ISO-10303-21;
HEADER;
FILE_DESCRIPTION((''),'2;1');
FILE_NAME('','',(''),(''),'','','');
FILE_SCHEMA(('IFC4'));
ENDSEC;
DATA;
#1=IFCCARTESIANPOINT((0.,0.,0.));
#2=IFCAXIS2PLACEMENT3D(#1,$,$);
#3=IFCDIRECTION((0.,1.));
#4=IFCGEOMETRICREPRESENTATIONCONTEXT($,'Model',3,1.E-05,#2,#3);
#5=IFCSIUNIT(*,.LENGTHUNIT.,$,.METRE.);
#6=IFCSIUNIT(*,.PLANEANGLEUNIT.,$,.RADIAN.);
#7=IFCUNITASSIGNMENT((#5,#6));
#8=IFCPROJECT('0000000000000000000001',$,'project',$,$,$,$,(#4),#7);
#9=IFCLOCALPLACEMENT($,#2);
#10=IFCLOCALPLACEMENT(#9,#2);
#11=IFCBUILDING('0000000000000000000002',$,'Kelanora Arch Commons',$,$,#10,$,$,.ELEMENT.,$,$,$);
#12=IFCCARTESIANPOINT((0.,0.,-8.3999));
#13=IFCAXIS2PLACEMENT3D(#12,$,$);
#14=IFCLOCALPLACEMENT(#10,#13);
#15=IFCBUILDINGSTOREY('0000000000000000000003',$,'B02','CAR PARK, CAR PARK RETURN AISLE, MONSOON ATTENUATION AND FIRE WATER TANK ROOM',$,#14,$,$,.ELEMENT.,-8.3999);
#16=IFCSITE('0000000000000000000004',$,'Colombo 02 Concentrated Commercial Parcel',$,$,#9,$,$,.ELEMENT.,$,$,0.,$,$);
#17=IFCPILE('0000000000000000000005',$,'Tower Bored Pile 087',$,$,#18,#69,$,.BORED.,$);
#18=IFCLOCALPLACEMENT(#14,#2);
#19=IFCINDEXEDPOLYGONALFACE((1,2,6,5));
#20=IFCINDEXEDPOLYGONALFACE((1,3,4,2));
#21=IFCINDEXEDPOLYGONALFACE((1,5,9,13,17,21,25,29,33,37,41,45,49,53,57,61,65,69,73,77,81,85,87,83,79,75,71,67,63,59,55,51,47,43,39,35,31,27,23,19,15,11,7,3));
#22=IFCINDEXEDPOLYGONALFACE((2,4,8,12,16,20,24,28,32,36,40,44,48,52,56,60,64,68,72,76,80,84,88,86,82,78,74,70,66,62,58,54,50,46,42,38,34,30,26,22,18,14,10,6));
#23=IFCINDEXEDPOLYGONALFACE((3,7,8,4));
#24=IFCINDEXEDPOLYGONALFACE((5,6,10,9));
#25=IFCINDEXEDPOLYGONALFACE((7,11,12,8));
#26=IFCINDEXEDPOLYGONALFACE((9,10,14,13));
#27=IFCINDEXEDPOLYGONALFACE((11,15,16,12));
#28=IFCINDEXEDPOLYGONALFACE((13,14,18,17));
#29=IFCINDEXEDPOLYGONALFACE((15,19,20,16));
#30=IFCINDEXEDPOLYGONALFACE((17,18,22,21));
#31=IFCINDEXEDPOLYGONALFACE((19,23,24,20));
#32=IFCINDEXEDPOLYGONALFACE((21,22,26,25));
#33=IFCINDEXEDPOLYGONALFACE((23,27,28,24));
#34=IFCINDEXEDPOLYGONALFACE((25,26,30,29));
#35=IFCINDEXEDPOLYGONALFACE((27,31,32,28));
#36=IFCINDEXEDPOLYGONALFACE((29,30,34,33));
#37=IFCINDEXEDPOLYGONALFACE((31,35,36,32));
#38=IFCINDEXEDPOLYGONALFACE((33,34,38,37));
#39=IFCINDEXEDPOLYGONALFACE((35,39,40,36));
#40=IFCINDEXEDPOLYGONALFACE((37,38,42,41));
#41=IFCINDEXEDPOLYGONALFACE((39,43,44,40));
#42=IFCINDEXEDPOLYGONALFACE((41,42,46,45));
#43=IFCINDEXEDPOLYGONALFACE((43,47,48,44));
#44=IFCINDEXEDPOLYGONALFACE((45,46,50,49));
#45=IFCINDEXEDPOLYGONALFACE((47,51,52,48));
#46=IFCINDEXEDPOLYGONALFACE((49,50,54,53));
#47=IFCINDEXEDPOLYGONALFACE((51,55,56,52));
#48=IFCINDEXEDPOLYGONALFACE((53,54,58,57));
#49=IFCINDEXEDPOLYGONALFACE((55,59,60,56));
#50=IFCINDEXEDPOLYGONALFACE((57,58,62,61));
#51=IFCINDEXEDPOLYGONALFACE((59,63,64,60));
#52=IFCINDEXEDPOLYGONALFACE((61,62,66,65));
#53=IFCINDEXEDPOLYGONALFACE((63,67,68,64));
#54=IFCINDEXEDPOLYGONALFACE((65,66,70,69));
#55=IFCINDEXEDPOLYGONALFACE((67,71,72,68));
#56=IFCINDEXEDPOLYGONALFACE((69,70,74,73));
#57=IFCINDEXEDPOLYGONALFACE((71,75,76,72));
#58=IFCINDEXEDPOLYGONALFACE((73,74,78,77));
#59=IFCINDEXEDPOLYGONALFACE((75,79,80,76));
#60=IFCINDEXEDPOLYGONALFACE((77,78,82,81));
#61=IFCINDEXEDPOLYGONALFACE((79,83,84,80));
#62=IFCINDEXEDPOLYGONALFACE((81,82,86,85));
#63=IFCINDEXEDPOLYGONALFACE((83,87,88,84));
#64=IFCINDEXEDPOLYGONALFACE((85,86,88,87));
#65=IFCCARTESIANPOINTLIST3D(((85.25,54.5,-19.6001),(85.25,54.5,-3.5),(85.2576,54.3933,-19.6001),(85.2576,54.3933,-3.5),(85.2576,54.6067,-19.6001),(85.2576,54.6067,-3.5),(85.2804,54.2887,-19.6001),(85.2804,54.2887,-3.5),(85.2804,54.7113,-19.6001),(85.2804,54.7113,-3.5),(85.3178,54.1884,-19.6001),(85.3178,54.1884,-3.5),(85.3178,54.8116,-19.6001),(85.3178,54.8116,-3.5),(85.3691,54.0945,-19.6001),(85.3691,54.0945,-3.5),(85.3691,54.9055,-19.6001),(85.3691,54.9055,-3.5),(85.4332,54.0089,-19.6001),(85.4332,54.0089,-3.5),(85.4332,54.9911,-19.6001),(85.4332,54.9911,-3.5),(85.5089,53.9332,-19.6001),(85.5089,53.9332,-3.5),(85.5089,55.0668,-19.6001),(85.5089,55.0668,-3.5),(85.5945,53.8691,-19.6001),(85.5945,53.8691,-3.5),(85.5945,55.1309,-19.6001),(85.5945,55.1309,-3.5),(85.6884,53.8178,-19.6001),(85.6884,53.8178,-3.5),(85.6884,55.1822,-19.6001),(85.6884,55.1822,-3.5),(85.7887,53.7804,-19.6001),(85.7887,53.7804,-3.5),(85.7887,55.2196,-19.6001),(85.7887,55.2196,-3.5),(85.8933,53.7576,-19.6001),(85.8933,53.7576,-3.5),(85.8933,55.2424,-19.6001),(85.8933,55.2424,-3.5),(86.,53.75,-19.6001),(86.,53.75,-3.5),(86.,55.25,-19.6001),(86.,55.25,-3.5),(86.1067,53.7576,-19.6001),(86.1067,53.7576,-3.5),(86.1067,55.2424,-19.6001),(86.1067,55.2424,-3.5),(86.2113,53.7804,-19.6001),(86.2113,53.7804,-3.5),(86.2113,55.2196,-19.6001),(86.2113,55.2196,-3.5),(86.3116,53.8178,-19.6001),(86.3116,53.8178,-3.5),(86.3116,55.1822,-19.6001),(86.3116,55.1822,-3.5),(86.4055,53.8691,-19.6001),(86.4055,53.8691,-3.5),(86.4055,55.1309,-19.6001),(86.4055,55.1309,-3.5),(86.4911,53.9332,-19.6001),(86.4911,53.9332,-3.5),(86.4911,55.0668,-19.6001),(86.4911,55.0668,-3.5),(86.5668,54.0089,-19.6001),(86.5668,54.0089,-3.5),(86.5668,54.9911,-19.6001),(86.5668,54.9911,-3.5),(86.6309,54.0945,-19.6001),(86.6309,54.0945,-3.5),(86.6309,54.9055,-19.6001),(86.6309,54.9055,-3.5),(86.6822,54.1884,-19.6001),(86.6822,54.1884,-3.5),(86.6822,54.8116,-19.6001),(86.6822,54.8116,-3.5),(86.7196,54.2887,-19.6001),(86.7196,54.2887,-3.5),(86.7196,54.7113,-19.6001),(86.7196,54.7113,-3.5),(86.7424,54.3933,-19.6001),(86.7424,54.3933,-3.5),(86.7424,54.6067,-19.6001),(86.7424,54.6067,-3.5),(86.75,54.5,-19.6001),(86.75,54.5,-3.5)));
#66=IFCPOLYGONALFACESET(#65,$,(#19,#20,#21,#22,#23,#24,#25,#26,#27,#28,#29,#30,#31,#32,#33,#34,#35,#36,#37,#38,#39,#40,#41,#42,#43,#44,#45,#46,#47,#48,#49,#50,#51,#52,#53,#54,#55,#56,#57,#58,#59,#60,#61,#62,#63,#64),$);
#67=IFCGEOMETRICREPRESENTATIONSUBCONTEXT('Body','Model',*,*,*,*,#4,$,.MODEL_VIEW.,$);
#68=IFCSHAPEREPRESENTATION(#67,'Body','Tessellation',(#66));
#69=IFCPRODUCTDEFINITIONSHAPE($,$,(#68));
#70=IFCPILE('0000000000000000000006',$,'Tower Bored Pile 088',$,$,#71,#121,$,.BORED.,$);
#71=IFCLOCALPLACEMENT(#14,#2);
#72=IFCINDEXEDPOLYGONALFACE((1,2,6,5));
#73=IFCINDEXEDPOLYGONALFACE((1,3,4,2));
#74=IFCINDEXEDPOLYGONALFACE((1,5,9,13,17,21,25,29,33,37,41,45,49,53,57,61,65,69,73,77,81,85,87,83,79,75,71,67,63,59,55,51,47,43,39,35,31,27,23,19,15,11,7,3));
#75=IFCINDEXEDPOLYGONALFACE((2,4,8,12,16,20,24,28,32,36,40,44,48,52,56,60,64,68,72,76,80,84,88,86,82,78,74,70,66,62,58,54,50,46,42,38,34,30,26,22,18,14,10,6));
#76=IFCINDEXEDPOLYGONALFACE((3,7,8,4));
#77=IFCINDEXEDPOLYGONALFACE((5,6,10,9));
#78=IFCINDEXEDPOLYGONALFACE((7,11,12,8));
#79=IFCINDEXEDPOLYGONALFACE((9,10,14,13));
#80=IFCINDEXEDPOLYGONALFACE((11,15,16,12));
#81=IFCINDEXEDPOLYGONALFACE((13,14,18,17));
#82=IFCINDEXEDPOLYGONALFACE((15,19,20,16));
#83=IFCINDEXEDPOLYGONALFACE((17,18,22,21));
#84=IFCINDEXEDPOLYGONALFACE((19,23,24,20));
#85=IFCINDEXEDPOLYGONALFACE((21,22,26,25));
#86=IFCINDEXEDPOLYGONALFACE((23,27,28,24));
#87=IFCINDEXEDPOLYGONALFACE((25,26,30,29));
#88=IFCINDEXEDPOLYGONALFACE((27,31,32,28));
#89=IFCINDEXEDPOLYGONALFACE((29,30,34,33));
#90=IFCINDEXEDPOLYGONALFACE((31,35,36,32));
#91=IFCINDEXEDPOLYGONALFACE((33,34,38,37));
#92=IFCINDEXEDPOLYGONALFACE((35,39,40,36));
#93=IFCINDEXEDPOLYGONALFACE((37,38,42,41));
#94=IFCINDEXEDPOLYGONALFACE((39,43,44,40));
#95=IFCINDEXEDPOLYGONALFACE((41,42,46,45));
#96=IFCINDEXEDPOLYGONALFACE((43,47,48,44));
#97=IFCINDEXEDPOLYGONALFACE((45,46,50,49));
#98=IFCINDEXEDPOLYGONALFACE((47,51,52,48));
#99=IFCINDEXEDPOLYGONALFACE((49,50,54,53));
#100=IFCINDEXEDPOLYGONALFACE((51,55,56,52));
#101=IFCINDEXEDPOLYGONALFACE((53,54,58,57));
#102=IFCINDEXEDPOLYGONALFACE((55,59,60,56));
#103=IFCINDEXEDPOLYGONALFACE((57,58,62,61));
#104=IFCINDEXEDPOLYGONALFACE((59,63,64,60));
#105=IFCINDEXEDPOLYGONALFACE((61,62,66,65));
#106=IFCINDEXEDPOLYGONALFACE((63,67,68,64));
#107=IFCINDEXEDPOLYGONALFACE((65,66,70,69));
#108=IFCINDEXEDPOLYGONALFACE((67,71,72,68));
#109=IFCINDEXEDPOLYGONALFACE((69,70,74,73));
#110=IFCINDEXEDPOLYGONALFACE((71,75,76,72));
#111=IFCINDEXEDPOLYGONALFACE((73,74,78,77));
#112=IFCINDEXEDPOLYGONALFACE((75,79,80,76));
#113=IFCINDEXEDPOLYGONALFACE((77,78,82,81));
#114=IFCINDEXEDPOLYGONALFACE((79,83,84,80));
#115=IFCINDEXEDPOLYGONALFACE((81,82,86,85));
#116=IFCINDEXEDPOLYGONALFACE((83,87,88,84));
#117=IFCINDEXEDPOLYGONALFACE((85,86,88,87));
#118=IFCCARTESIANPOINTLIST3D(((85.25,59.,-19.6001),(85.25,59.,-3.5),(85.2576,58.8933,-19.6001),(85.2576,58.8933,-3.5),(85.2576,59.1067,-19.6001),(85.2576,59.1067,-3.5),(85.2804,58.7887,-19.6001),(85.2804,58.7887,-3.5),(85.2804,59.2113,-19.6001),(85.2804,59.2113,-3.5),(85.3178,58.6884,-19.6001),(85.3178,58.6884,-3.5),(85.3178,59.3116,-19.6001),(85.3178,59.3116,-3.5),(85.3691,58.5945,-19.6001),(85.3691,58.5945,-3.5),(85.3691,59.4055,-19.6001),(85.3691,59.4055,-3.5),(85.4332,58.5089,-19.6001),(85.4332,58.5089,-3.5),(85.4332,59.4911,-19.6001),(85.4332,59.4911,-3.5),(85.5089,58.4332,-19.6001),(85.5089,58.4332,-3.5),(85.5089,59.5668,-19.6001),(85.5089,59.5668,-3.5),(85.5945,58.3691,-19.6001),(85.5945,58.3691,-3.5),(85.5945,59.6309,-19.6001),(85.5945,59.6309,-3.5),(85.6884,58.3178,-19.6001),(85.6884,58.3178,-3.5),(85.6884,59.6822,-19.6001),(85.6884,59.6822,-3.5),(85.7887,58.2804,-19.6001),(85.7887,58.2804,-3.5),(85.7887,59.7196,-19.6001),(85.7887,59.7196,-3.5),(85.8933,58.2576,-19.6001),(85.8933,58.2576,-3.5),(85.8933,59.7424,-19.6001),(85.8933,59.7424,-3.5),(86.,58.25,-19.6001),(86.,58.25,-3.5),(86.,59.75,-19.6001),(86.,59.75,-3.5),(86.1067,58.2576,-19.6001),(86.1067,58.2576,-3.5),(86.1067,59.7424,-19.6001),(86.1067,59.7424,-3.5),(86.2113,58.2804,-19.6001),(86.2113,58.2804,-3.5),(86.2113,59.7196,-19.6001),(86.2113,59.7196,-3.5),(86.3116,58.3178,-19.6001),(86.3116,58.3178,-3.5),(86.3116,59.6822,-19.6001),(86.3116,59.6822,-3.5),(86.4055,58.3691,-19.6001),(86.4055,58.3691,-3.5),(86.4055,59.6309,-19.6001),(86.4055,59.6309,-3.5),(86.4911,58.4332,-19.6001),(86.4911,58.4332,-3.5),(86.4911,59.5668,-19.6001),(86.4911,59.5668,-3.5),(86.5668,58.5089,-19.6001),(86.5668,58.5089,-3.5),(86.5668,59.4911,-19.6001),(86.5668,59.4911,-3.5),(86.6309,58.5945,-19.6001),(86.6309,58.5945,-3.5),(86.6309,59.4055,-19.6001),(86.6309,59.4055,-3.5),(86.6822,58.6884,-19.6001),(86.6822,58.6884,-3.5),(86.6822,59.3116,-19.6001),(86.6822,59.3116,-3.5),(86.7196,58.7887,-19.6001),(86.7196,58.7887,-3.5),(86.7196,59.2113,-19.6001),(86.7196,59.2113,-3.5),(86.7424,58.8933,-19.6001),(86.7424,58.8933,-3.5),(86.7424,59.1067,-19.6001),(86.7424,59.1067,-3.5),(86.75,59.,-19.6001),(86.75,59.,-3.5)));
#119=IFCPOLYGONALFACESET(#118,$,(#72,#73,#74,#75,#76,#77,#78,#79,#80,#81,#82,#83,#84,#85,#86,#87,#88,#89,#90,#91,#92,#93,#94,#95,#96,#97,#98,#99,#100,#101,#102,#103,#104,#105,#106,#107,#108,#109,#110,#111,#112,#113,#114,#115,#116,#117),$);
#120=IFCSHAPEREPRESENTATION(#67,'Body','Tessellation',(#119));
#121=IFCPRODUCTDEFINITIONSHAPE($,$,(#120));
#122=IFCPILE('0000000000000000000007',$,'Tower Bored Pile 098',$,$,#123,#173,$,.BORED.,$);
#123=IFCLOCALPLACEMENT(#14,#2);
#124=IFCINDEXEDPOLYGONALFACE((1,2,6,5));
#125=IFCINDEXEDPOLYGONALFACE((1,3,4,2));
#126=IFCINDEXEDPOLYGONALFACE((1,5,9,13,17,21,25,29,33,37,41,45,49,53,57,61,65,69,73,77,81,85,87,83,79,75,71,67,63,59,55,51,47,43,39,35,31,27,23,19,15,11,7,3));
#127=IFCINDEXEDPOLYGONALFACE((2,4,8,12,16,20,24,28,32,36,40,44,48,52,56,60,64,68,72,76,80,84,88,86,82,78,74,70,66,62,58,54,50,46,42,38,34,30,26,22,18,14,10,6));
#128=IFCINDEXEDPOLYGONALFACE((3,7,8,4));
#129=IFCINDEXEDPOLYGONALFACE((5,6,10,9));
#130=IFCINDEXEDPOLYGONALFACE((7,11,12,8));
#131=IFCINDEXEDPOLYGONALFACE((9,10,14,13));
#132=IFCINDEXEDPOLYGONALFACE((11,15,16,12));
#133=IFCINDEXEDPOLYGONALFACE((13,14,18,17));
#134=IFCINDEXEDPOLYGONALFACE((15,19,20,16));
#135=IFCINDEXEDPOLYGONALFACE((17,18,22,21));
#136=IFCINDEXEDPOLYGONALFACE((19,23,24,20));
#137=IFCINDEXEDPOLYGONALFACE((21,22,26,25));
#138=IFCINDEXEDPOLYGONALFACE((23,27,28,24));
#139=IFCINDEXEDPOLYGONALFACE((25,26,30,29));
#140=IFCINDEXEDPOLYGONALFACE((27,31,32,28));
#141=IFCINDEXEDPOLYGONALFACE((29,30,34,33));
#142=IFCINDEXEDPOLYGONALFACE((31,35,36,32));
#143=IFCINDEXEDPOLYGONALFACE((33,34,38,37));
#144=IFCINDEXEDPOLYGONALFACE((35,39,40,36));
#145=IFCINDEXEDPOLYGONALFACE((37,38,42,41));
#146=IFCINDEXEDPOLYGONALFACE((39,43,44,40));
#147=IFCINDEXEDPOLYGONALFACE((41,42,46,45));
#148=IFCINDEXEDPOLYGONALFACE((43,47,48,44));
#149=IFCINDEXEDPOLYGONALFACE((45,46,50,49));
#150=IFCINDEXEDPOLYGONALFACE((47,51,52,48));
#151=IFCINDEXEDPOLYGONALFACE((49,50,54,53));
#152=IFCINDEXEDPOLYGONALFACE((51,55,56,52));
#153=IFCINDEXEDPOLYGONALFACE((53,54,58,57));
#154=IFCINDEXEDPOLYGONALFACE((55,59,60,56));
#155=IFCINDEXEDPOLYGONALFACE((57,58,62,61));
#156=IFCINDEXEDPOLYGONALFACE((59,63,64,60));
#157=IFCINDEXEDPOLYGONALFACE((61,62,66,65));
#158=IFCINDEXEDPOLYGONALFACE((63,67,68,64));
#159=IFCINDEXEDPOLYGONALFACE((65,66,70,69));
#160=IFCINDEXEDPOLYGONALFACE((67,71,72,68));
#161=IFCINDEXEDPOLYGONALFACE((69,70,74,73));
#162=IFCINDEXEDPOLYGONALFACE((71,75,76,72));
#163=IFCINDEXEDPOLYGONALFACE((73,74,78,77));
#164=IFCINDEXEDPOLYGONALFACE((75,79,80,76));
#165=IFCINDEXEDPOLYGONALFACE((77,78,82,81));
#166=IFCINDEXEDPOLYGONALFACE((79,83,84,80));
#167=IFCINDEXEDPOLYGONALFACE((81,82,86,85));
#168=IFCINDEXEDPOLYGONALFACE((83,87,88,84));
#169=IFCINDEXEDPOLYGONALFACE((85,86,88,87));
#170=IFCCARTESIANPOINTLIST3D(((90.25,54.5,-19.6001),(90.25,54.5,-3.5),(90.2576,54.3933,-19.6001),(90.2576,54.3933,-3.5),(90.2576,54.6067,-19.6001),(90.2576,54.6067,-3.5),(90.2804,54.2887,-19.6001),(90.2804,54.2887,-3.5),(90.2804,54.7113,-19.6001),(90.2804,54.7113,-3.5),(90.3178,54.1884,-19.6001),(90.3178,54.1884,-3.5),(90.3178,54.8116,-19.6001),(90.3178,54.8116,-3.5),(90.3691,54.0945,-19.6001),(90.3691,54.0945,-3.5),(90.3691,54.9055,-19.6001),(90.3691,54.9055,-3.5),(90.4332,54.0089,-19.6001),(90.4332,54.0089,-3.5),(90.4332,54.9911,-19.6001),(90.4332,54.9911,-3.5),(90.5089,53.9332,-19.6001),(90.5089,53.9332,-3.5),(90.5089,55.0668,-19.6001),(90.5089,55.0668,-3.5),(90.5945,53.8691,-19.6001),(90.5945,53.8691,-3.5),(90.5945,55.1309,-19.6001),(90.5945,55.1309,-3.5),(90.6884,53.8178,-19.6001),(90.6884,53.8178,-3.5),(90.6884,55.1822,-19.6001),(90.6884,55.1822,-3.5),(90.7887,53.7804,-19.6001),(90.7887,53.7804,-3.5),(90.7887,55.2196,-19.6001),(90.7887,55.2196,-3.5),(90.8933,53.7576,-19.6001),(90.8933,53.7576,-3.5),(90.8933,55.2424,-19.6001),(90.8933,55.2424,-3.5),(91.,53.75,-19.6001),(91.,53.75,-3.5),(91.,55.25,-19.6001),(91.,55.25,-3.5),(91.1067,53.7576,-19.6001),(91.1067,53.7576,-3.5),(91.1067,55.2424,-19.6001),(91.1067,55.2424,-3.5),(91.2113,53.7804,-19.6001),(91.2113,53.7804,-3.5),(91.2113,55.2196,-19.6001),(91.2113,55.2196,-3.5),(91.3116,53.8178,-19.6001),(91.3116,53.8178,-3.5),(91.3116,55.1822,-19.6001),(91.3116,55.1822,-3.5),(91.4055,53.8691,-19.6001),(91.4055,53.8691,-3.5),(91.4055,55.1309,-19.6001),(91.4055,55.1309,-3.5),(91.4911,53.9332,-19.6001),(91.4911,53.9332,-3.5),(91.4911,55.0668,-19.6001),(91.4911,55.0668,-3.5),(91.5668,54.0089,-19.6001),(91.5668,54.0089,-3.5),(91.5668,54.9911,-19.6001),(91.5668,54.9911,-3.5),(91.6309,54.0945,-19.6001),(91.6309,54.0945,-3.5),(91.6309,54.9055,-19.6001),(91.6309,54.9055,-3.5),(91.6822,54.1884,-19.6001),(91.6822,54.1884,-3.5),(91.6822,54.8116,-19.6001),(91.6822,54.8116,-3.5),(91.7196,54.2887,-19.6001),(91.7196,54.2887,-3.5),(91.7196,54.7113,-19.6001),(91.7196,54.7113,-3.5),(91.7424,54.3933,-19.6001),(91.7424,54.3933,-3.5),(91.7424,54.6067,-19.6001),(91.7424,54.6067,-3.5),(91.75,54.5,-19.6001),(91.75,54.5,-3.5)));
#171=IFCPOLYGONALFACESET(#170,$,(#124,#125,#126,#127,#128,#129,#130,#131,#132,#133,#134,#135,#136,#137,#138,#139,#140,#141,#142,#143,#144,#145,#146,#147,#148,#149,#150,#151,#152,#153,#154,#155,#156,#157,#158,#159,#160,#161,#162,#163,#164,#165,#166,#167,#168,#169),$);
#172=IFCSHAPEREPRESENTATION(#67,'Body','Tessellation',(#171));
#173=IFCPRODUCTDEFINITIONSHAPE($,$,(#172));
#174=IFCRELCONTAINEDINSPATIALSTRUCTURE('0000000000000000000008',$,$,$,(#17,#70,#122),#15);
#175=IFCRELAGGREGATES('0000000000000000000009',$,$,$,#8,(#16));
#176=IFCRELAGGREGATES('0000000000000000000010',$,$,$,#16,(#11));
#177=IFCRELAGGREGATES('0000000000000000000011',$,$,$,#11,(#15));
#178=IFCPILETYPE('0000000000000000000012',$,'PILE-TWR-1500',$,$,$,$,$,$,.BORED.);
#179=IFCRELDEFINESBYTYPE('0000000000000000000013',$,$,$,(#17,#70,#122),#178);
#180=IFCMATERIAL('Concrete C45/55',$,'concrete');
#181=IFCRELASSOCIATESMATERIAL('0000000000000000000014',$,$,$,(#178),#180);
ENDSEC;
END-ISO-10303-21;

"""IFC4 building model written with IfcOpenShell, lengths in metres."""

from ifc_helpers import new_model, si_unit, direction, frame, origin, origin_2d, place, context, subcontext, project, spatial, circle, extrude, source, transform, mapped, material, material_profile, profile_set, type_object, element, save


model = new_model("IFC4")

# Units and contexts
model_context = context("Model", 3, precision=1e-05, world=origin(), true_north=direction((0.0, 1.0)))
body_context = subcontext(model_context, "Body", "Model", "MODEL_VIEW")
ifc_project = project(units=[si_unit("LENGTHUNIT", "METRE"), si_unit("PLANEANGLEUNIT", "RADIAN")], contexts=[model_context])

# Site, building, storey
site_placement = place(None, origin())
site = spatial("IfcSite", under=ifc_project, at=site_placement, Name="Colombo 02 Concentrated Commercial Parcel", CompositionType="ELEMENT", RefElevation=0.0)
building_placement = place(site_placement, origin())
building = spatial("IfcBuilding", under=site, at=building_placement, Name="Kelanora Arch Commons", CompositionType="ELEMENT")
storey_placement = place(building_placement, frame((0.0, 0.0, -8.3999)))
storey = spatial("IfcBuildingStorey", under=building, at=storey_placement, Name="B02", Description="CAR PARK, CAR PARK RETURN AISLE, MONSOON ATTENUATION AND FIRE WATER TANK ROOM", CompositionType="ELEMENT", Elevation=-8.3999)

# Piles
ifc_material_1 = material(Name="Concrete C45/55", Category="concrete")
ifc_material_profile_1 = material_profile(ifc_material_1, circle(Radius=0.75, at=origin_2d()), Name="PILE1500")
ifc_profile_set_1 = profile_set([ifc_material_profile_1], Name="Concrete C45/55")
pile_type_1 = type_object("IfcPileType", Name="PILE-TWR-1500", PredefinedType="BORED", material=ifc_profile_set_1)
shared_shape_1 = source(origin(), body_context, "Body", "SweptSolid", [
    extrude(circle(Radius=0.75, at=origin_2d()), origin(), (0.0, 0.0, 1.0), 16.1001),
])
for number, where, z_axis, x_axis, name in (
    (1, (86.0, 54.5, -3.5), (0.0, 0.0, -1.0), (1.0, 0.0, 0.0), "Tower Bored Pile 087"),
    (2, (86.0, 59.0, -3.5), (0.0, 0.0, -1.0), (1.0, 0.0, 0.0), "Tower Bored Pile 088"),
    (3, (91.0, 54.5, -3.5), (0.0, 0.0, -1.0), (1.0, 0.0, 0.0), "Tower Bored Pile 098"),
):
    element("IfcPile", number, at=place(storey_placement, frame(where, z_axis=z_axis, x_axis=x_axis)), inside=storey, type_object=pile_type_1, Name=name, PredefinedType="BORED", context=body_context, shape_type="MappedRepresentation", body=[
        mapped(shared_shape_1, transform((0.0, 0.0, 0.0), scale=1.0)),
    ])

save(model, "model.ifc")
